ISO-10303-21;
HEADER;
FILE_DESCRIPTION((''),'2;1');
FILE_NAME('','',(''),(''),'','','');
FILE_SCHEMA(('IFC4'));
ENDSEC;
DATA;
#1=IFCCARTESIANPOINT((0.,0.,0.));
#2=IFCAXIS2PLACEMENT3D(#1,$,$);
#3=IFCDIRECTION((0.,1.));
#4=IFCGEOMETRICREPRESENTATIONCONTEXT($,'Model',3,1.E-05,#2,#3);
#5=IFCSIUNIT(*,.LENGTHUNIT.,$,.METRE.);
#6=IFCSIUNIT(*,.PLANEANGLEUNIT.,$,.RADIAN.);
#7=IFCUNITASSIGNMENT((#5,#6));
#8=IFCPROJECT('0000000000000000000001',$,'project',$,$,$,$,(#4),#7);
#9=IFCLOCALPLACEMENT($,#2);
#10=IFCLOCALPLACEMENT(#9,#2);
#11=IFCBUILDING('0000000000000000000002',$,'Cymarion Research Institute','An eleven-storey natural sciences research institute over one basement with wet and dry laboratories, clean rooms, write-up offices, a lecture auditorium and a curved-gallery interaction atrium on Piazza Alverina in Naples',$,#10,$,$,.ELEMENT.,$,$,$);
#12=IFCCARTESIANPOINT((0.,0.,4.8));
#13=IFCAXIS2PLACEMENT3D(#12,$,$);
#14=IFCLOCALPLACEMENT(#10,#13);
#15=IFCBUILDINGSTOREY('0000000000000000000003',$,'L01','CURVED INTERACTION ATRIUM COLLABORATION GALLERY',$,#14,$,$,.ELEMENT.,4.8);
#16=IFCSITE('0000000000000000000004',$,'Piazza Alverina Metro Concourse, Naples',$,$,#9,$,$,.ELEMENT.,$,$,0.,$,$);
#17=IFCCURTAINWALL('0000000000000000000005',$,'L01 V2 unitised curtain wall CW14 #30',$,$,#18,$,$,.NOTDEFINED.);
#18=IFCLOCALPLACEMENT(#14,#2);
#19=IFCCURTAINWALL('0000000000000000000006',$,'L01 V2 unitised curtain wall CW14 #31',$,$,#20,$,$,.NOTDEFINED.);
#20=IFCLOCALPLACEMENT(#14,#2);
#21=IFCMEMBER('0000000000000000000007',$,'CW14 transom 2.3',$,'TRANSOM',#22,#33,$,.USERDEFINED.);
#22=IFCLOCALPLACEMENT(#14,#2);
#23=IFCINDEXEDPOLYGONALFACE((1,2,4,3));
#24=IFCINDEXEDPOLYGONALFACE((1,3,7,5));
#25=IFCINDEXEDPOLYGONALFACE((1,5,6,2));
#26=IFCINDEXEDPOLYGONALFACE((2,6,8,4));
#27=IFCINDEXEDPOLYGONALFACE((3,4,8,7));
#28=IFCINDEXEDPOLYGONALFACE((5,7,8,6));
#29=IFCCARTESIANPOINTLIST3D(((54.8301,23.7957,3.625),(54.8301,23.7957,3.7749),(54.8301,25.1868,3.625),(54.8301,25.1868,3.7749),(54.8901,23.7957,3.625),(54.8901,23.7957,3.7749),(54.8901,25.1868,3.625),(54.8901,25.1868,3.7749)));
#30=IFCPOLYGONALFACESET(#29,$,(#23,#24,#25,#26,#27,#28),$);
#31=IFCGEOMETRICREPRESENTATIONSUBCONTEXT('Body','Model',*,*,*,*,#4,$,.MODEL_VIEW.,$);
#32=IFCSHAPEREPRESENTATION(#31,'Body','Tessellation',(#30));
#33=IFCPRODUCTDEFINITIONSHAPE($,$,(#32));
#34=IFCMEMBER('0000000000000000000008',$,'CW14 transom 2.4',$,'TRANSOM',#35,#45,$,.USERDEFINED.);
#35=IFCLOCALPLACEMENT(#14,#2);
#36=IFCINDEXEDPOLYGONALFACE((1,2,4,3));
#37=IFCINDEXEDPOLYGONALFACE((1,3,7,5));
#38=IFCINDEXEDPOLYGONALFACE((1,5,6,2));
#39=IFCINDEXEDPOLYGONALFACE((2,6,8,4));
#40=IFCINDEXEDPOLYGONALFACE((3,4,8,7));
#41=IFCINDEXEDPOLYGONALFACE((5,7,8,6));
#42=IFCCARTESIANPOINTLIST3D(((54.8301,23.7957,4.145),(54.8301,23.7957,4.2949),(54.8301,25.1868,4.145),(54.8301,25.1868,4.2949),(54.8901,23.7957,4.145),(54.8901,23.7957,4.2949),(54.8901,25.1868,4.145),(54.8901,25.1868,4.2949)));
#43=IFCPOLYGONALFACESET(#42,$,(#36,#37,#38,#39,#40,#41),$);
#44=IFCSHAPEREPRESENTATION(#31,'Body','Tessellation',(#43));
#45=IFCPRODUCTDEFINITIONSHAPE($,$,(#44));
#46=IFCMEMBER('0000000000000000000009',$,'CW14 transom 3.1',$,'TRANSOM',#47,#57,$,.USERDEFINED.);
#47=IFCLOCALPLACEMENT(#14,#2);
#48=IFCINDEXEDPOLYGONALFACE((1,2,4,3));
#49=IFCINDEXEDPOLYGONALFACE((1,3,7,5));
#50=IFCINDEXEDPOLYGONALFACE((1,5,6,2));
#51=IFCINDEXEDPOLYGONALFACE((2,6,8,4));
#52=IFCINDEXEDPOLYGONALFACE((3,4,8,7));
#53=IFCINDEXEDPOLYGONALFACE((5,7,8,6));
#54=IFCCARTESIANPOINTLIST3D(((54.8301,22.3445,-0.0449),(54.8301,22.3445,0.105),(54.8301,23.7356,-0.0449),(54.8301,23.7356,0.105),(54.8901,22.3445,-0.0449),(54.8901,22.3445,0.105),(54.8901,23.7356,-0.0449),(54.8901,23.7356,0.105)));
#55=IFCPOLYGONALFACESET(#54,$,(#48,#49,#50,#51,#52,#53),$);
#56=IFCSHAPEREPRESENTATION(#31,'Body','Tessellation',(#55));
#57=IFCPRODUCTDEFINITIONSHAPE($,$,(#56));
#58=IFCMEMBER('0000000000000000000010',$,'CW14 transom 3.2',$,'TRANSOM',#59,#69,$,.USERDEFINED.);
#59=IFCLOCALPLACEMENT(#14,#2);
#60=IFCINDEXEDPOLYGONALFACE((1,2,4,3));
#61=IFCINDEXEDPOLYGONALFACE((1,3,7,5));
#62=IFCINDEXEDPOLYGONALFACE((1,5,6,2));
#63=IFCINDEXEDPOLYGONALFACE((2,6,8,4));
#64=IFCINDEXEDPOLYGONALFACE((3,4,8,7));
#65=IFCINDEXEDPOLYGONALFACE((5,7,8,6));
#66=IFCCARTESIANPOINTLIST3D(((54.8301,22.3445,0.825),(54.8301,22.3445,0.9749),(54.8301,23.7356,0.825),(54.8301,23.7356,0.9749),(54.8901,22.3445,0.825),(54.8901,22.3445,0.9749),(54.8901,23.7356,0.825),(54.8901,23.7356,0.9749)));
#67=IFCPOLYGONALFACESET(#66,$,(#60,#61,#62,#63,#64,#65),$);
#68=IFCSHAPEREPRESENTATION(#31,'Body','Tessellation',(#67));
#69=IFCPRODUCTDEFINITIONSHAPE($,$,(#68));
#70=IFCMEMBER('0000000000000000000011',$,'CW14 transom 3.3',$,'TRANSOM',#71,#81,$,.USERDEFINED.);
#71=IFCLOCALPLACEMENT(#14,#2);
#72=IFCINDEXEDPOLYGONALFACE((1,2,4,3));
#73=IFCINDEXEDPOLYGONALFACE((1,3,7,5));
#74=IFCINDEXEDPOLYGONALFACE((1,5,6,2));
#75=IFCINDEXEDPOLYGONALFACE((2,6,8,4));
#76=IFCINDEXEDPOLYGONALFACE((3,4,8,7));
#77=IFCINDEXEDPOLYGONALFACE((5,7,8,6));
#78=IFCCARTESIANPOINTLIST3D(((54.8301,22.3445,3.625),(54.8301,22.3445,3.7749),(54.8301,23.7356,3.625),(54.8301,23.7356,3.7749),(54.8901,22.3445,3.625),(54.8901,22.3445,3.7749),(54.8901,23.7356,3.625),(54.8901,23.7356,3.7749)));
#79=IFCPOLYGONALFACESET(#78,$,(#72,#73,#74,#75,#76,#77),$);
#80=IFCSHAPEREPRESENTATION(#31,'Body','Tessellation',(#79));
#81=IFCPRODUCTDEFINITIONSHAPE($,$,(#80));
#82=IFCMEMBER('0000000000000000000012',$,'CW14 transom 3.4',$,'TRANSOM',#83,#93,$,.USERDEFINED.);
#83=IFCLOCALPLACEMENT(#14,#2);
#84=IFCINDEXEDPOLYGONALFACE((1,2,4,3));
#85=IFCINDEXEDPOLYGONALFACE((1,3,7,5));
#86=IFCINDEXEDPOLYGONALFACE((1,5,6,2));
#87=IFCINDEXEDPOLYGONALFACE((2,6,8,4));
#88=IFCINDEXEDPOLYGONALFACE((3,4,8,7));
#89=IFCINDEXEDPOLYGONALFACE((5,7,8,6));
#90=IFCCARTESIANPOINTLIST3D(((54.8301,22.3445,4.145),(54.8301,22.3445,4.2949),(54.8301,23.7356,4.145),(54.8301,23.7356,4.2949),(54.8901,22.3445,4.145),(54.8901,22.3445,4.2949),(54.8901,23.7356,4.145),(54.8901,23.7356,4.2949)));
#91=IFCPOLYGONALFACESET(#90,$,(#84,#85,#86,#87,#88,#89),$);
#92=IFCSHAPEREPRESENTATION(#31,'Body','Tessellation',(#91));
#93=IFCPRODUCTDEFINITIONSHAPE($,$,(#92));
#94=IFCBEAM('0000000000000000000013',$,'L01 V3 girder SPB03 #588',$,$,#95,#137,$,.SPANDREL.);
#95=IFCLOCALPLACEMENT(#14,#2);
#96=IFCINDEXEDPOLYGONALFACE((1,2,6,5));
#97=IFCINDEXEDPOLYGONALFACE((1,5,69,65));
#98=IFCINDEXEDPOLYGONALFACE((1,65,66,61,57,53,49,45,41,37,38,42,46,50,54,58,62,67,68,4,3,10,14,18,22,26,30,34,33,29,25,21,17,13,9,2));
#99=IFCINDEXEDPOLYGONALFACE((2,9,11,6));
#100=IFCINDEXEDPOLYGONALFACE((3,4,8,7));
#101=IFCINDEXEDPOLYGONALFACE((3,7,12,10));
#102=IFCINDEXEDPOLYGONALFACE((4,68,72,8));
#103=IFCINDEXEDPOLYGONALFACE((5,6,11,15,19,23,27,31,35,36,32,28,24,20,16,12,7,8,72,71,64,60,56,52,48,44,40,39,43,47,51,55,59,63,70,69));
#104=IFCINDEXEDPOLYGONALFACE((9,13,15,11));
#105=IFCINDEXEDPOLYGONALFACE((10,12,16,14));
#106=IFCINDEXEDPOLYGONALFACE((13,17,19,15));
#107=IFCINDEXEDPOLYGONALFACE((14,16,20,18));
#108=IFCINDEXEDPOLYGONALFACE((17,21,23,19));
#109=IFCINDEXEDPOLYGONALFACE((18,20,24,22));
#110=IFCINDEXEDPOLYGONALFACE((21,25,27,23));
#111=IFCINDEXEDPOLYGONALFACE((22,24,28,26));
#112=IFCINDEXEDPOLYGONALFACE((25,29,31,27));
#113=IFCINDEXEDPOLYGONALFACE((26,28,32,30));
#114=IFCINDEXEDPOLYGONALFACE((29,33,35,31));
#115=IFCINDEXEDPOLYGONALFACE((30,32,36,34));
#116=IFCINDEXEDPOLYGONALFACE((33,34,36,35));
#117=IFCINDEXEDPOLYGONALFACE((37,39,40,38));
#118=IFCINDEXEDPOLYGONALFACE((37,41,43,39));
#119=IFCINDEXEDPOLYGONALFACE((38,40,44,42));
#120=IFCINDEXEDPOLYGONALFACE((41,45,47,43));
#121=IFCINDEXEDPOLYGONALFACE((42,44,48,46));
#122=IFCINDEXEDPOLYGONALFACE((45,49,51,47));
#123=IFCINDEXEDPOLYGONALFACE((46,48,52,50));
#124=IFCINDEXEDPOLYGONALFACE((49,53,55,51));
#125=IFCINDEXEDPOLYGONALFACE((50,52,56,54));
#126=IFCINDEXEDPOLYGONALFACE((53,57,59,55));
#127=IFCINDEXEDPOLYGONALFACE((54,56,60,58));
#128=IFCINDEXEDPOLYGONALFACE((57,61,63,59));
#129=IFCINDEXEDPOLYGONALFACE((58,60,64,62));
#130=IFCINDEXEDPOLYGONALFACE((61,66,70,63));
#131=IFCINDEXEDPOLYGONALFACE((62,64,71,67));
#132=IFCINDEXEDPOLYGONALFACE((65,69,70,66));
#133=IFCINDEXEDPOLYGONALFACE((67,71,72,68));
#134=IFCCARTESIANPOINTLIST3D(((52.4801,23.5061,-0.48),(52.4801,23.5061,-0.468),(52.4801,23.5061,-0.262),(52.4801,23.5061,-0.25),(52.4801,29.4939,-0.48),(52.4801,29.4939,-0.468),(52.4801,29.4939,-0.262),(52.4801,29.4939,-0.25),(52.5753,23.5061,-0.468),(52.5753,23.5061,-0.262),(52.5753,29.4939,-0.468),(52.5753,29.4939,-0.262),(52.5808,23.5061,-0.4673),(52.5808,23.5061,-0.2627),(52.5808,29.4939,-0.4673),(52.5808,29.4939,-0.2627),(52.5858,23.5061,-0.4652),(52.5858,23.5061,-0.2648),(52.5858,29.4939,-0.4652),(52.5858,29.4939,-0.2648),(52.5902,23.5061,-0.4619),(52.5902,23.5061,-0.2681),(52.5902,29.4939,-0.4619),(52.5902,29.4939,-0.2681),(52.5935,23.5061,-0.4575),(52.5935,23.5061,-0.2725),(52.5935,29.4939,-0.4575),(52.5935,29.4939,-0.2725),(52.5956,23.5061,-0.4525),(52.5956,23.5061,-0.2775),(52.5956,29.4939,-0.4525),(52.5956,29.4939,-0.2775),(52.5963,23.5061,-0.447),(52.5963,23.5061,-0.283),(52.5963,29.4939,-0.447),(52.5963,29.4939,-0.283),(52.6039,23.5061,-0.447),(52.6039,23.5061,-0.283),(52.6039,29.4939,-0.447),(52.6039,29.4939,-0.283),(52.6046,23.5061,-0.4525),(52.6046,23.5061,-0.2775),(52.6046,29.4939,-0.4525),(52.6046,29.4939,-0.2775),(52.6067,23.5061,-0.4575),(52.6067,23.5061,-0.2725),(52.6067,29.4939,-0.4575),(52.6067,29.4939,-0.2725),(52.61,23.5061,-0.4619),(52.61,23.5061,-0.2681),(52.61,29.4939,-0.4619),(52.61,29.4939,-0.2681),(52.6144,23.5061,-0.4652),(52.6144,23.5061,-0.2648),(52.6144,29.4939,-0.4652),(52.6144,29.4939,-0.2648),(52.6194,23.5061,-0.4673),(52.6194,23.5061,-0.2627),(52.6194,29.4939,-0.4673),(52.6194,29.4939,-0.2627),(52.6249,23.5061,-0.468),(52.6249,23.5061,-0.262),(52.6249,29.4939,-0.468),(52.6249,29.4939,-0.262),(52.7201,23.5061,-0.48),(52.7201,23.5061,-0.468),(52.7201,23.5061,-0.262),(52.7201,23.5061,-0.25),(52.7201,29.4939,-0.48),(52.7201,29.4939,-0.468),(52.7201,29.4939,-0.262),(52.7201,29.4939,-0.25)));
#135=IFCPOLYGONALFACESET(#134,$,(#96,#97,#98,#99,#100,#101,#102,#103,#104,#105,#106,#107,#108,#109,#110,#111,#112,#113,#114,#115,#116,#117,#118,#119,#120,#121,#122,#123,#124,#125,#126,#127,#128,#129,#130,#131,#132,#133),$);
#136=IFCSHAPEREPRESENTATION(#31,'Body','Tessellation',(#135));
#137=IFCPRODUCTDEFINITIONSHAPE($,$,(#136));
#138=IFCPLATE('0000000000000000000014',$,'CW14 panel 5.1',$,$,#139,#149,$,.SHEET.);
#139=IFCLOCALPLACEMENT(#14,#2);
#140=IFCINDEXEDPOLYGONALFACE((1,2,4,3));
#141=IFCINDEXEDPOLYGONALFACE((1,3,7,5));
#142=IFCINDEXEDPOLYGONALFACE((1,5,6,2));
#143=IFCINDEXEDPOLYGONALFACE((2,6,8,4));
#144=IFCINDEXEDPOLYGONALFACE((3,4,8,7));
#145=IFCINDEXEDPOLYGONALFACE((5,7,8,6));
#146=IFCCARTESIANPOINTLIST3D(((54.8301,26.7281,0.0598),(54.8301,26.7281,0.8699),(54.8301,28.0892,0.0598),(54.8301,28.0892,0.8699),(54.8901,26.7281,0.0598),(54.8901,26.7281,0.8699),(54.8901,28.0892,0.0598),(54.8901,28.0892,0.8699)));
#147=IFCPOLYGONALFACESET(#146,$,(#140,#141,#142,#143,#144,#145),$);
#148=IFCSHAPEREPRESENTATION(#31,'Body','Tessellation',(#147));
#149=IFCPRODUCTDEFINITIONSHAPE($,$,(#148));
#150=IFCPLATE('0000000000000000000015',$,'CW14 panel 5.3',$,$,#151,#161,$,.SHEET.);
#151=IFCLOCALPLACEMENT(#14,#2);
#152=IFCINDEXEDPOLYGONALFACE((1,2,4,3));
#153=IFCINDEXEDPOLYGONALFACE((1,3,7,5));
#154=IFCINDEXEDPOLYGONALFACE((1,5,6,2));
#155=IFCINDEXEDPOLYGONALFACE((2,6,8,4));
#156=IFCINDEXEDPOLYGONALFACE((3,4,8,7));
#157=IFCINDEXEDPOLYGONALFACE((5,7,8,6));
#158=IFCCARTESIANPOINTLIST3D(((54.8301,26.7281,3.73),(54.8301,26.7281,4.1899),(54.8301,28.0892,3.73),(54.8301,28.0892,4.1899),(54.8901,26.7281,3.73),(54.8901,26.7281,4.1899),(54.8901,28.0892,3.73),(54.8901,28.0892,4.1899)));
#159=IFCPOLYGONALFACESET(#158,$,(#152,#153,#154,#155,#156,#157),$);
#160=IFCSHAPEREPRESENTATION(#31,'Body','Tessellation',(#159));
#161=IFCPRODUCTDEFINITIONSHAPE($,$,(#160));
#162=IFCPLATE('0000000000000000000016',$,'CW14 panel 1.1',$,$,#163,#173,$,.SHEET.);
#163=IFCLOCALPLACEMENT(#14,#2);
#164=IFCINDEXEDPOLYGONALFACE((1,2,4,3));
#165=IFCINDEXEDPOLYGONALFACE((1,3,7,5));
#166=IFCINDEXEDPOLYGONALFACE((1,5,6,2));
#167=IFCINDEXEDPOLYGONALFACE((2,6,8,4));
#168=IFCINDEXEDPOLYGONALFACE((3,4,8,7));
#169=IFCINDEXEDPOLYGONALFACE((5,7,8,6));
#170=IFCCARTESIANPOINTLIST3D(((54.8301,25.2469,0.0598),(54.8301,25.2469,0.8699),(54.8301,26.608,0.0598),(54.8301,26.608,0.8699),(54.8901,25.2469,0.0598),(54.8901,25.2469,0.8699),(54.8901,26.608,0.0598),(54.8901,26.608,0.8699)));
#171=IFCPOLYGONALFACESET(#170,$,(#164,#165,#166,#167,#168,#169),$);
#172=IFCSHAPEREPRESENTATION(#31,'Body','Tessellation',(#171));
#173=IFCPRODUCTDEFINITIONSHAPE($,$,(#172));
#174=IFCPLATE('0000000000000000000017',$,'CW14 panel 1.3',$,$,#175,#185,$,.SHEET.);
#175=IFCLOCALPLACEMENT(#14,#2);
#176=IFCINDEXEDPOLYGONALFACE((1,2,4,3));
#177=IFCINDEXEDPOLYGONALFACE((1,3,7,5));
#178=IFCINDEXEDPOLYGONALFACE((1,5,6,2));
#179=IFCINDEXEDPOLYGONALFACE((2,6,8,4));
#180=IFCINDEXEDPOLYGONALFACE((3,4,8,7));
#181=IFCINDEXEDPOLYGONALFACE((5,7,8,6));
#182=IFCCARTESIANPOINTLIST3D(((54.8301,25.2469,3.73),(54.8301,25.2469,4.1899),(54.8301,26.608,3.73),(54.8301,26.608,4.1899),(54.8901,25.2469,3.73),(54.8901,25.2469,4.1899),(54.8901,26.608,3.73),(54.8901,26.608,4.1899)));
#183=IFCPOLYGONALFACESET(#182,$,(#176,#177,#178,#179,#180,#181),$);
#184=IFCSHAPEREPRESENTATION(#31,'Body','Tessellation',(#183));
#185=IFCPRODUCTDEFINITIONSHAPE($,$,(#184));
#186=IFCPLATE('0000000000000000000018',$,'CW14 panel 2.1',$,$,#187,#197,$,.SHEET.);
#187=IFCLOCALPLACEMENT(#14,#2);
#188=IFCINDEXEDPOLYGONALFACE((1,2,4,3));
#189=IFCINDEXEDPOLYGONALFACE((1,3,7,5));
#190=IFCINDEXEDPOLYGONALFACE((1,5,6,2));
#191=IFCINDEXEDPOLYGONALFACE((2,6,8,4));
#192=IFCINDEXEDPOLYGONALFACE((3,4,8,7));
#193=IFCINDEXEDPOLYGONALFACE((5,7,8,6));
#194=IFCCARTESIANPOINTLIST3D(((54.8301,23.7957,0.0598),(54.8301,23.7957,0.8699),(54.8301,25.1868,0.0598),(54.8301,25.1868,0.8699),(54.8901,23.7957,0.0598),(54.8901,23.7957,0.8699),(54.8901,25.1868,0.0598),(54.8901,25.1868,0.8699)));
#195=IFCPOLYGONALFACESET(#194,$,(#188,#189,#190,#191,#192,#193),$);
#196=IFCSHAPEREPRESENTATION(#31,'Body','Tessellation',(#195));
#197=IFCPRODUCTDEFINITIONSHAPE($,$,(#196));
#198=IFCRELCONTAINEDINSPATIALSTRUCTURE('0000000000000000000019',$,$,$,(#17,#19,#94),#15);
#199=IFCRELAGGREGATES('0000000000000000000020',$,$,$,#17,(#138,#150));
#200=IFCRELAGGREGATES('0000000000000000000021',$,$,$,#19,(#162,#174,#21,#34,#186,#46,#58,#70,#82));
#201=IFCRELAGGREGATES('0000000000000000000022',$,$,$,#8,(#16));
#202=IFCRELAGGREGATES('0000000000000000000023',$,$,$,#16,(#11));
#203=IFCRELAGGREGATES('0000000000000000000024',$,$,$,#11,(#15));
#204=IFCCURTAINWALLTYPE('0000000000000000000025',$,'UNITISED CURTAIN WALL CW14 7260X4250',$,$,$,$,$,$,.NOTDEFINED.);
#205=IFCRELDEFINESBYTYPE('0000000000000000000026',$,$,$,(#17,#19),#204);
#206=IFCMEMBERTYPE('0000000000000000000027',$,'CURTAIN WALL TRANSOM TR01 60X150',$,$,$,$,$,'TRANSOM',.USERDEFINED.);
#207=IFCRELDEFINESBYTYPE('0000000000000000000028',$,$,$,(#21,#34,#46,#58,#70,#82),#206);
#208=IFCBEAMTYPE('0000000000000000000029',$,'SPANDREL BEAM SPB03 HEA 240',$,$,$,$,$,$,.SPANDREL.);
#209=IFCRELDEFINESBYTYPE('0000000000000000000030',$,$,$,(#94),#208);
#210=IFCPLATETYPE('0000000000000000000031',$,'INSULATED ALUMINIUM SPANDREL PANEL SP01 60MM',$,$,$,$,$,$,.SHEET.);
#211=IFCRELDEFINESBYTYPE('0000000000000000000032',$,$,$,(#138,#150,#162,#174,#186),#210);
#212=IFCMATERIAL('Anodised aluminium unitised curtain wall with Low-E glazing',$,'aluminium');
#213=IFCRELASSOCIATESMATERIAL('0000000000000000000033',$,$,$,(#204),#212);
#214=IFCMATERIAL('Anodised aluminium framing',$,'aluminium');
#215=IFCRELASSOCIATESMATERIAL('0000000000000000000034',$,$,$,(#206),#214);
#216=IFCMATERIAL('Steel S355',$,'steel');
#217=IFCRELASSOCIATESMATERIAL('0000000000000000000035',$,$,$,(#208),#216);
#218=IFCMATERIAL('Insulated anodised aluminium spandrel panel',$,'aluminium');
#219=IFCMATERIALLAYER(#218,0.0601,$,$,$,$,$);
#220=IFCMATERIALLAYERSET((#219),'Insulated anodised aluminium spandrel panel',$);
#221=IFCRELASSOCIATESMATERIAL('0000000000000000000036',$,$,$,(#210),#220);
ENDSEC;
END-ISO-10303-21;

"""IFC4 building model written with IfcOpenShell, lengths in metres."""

from ifc_helpers import new_model, si_unit, direction, frame, origin, origin_2d, place, context, subcontext, project, spatial, rectangle, i_section, extrude, material, layer, layer_set, material_profile, profile_set, type_object, element, aggregate, save


model = new_model("IFC4")

# Units and contexts
model_context = context("Model", 3, precision=1e-05, world=origin(), true_north=direction((0.0, 1.0)))
body_context = subcontext(model_context, "Body", "Model", "MODEL_VIEW")
ifc_project = project(units=[si_unit("LENGTHUNIT", "METRE"), si_unit("PLANEANGLEUNIT", "RADIAN")], contexts=[model_context])

# Site, building, storey
site_placement = place(None, origin())
site = spatial("IfcSite", under=ifc_project, at=site_placement, Name="Piazza Alverina Metro Concourse, Naples", CompositionType="ELEMENT", RefElevation=0.0)
building_placement = place(site_placement, origin())
building = spatial("IfcBuilding", under=site, at=building_placement, Name="Cymarion Research Institute", Description="An eleven-storey natural sciences research institute over one basement with wet and dry laboratories, clean rooms, write-up offices, a lecture auditorium and a curved-gallery interaction atrium on Piazza Alverina in Naples", CompositionType="ELEMENT")
storey_placement = place(building_placement, frame((0.0, 0.0, 4.8)))
storey = spatial("IfcBuildingStorey", under=building, at=storey_placement, Name="L01", Description="CURVED INTERACTION ATRIUM COLLABORATION GALLERY", CompositionType="ELEMENT", Elevation=4.8)

# Shared definitions
ifc_material_1 = material(Name="Steel S355", Category="steel")

# Curtain wall
ifc_material_2 = material(Name="Anodised aluminium unitised curtain wall with Low-E glazing", Category="aluminium")
curtain_wall_type = type_object("IfcCurtainWallType", Name="UNITISED CURTAIN WALL CW14 7260X4250", PredefinedType="NOTDEFINED", material=ifc_material_2)
curtain_wall_1_placement = place(storey_placement, origin())
curtain_wall_1 = element("IfcCurtainWall", 1, at=curtain_wall_1_placement, inside=storey, type_object=curtain_wall_type, Name="L01 V2 unitised curtain wall CW14 #30", PredefinedType="NOTDEFINED")
ifc_material_3 = material(Name="Anodised aluminium framing", Category="aluminium")

# Curtain wall
curtain_wall_2_placement = place(storey_placement, origin())
curtain_wall_2 = element("IfcCurtainWall", 2, at=curtain_wall_2_placement, inside=storey, type_object=curtain_wall_type, Name="L01 V2 unitised curtain wall CW14 #31", PredefinedType="NOTDEFINED")

# Members
ifc_material_profile_1 = material_profile(ifc_material_3, rectangle(XDim=0.0601, YDim=0.1499, at=origin_2d()), Name="ALU TRANSOM 60x150")
ifc_profile_set_1 = profile_set([ifc_material_profile_1], Name="Anodised aluminium framing")
member_type_1 = type_object("IfcMemberType", Name="CURTAIN WALL TRANSOM TR01 60X150", ElementType="TRANSOM", PredefinedType="USERDEFINED", material=ifc_profile_set_1)
member_1_placement = place(storey_placement, frame((54.8601, 25.1868, 3.7), z_axis=(0.0, -1.0, 0.0), x_axis=(1.0, 0.0, 0.0)))
member_1 = element("IfcMember", 3, at=member_1_placement, type_object=member_type_1, Name="CW14 transom 2.3", ObjectType="TRANSOM", PredefinedType="USERDEFINED", context=body_context, shape_type="SweptSolid", body=[
    extrude(rectangle(XDim=0.0601, YDim=0.1499, at=origin_2d()), origin(), (0.0, 0.0, 1.0), 1.3911),
])
member_2_placement = place(storey_placement, frame((54.8601, 25.1868, 4.22), z_axis=(0.0, -1.0, 0.0), x_axis=(1.0, 0.0, 0.0)))
member_2 = element("IfcMember", 4, at=member_2_placement, type_object=member_type_1, Name="CW14 transom 2.4", ObjectType="TRANSOM", PredefinedType="USERDEFINED", context=body_context, shape_type="SweptSolid", body=[
    extrude(rectangle(XDim=0.0601, YDim=0.1499, at=origin_2d()), origin(), (0.0, 0.0, 1.0), 1.3911),
])
member_3_placement = place(storey_placement, frame((54.8601, 23.7356, 0.03), z_axis=(0.0, -1.0, 0.0), x_axis=(1.0, 0.0, 0.0)))
member_3 = element("IfcMember", 5, at=member_3_placement, type_object=member_type_1, Name="CW14 transom 3.1", ObjectType="TRANSOM", PredefinedType="USERDEFINED", context=body_context, shape_type="SweptSolid", body=[
    extrude(rectangle(XDim=0.0601, YDim=0.1499, at=origin_2d()), origin(), (0.0, 0.0, 1.0), 1.3911),
])
member_4_placement = place(storey_placement, frame((54.8601, 23.7356, 0.8999), z_axis=(0.0, -1.0, 0.0), x_axis=(1.0, 0.0, 0.0)))
member_4 = element("IfcMember", 6, at=member_4_placement, type_object=member_type_1, Name="CW14 transom 3.2", ObjectType="TRANSOM", PredefinedType="USERDEFINED", context=body_context, shape_type="SweptSolid", body=[
    extrude(rectangle(XDim=0.0601, YDim=0.1499, at=origin_2d()), origin(), (0.0, 0.0, 1.0), 1.3911),
])
member_5_placement = place(storey_placement, frame((54.8601, 23.7356, 3.7), z_axis=(0.0, -1.0, 0.0), x_axis=(1.0, 0.0, 0.0)))
member_5 = element("IfcMember", 7, at=member_5_placement, type_object=member_type_1, Name="CW14 transom 3.3", ObjectType="TRANSOM", PredefinedType="USERDEFINED", context=body_context, shape_type="SweptSolid", body=[
    extrude(rectangle(XDim=0.0601, YDim=0.1499, at=origin_2d()), origin(), (0.0, 0.0, 1.0), 1.3911),
])
member_6_placement = place(storey_placement, frame((54.8601, 23.7356, 4.22), z_axis=(0.0, -1.0, 0.0), x_axis=(1.0, 0.0, 0.0)))
member_6 = element("IfcMember", 8, at=member_6_placement, type_object=member_type_1, Name="CW14 transom 3.4", ObjectType="TRANSOM", PredefinedType="USERDEFINED", context=body_context, shape_type="SweptSolid", body=[
    extrude(rectangle(XDim=0.0601, YDim=0.1499, at=origin_2d()), origin(), (0.0, 0.0, 1.0), 1.3911),
])

# Beam
ifc_material_profile_2 = material_profile(ifc_material_1, i_section(OverallWidth=0.24, OverallDepth=0.23, WebThickness=0.0076, FlangeThickness=0.012, FilletRadius=0.021, at=origin_2d()), Name="HEA 240")
ifc_profile_set_2 = profile_set([ifc_material_profile_2], Name="Steel S355")
beam_type = type_object("IfcBeamType", Name="SPANDREL BEAM SPB03 HEA 240", PredefinedType="SPANDREL", material=ifc_profile_set_2)
beam_placement = place(storey_placement, frame((52.6001, 23.5061, -0.365), z_axis=(0.0, 1.0, 0.0), x_axis=(-1.0, 0.0, 0.0)))
element("IfcBeam", 9, at=beam_placement, inside=storey, type_object=beam_type, Name="L01 V3 girder SPB03 #588", PredefinedType="SPANDREL", context=body_context, shape_type="SweptSolid", body=[
    extrude(i_section(OverallWidth=0.24, OverallDepth=0.23, WebThickness=0.0076, FlangeThickness=0.012, FilletRadius=0.021, at=origin_2d()), origin(), (0.0, 0.0, 1.0), 5.9878),
])

# Plates
ifc_material_4 = material(Name="Insulated anodised aluminium spandrel panel", Category="aluminium")
ifc_layer_1 = layer(ifc_material_4, 0.0601)
ifc_layer_set_1 = layer_set([ifc_layer_1], Name="Insulated anodised aluminium spandrel panel")
plate_type_1 = type_object("IfcPlateType", Name="INSULATED ALUMINIUM SPANDREL PANEL SP01 60MM", PredefinedType="SHEET", material=ifc_layer_set_1)
plate_1_placement = place(storey_placement, frame((54.8601, 27.4087, 0.0598), z_axis=(0.0, 0.0, 1.0), x_axis=(0.0, -1.0, 0.0)))
plate_1 = element("IfcPlate", 10, at=plate_1_placement, type_object=plate_type_1, Name="CW14 panel 5.1", PredefinedType="SHEET", context=body_context, shape_type="SweptSolid", body=[
    extrude(rectangle(XDim=1.3611, YDim=0.0601, at=origin_2d()), origin(), (0.0, 0.0, 1.0), 0.8101),
])
plate_2_placement = place(storey_placement, frame((54.8601, 27.4087, 3.73), z_axis=(0.0, 0.0, 1.0), x_axis=(0.0, -1.0, 0.0)))
plate_2 = element("IfcPlate", 11, at=plate_2_placement, type_object=plate_type_1, Name="CW14 panel 5.3", PredefinedType="SHEET", context=body_context, shape_type="SweptSolid", body=[
    extrude(rectangle(XDim=1.3611, YDim=0.0601, at=origin_2d()), origin(), (0.0, 0.0, 1.0), 0.46),
])
plate_3_placement = place(storey_placement, frame((54.8601, 25.9275, 0.0598), z_axis=(0.0, 0.0, 1.0), x_axis=(0.0, -1.0, 0.0)))
plate_3 = element("IfcPlate", 12, at=plate_3_placement, type_object=plate_type_1, Name="CW14 panel 1.1", PredefinedType="SHEET", context=body_context, shape_type="SweptSolid", body=[
    extrude(rectangle(XDim=1.3611, YDim=0.0601, at=origin_2d()), origin(), (0.0, 0.0, 1.0), 0.8101),
])
plate_4_placement = place(storey_placement, frame((54.8601, 25.9275, 3.73), z_axis=(0.0, 0.0, 1.0), x_axis=(0.0, -1.0, 0.0)))
plate_4 = element("IfcPlate", 13, at=plate_4_placement, type_object=plate_type_1, Name="CW14 panel 1.3", PredefinedType="SHEET", context=body_context, shape_type="SweptSolid", body=[
    extrude(rectangle(XDim=1.3611, YDim=0.0601, at=origin_2d()), origin(), (0.0, 0.0, 1.0), 0.46),
])
plate_5_placement = place(storey_placement, frame((54.8601, 24.4912, 0.0598), z_axis=(0.0, 0.0, 1.0), x_axis=(0.0, -1.0, 0.0)))
plate_5 = element("IfcPlate", 14, at=plate_5_placement, type_object=plate_type_1, Name="CW14 panel 2.1", PredefinedType="SHEET", context=body_context, shape_type="SweptSolid", body=[
    extrude(rectangle(XDim=1.3911, YDim=0.0601, at=origin_2d()), origin(), (0.0, 0.0, 1.0), 0.8101),
])
aggregate(curtain_wall_1, [plate_1, plate_2])
aggregate(curtain_wall_2, [plate_3, plate_4, member_1, member_2, plate_5, member_3, member_4, member_5, member_6])

save(model, "model.ifc")
